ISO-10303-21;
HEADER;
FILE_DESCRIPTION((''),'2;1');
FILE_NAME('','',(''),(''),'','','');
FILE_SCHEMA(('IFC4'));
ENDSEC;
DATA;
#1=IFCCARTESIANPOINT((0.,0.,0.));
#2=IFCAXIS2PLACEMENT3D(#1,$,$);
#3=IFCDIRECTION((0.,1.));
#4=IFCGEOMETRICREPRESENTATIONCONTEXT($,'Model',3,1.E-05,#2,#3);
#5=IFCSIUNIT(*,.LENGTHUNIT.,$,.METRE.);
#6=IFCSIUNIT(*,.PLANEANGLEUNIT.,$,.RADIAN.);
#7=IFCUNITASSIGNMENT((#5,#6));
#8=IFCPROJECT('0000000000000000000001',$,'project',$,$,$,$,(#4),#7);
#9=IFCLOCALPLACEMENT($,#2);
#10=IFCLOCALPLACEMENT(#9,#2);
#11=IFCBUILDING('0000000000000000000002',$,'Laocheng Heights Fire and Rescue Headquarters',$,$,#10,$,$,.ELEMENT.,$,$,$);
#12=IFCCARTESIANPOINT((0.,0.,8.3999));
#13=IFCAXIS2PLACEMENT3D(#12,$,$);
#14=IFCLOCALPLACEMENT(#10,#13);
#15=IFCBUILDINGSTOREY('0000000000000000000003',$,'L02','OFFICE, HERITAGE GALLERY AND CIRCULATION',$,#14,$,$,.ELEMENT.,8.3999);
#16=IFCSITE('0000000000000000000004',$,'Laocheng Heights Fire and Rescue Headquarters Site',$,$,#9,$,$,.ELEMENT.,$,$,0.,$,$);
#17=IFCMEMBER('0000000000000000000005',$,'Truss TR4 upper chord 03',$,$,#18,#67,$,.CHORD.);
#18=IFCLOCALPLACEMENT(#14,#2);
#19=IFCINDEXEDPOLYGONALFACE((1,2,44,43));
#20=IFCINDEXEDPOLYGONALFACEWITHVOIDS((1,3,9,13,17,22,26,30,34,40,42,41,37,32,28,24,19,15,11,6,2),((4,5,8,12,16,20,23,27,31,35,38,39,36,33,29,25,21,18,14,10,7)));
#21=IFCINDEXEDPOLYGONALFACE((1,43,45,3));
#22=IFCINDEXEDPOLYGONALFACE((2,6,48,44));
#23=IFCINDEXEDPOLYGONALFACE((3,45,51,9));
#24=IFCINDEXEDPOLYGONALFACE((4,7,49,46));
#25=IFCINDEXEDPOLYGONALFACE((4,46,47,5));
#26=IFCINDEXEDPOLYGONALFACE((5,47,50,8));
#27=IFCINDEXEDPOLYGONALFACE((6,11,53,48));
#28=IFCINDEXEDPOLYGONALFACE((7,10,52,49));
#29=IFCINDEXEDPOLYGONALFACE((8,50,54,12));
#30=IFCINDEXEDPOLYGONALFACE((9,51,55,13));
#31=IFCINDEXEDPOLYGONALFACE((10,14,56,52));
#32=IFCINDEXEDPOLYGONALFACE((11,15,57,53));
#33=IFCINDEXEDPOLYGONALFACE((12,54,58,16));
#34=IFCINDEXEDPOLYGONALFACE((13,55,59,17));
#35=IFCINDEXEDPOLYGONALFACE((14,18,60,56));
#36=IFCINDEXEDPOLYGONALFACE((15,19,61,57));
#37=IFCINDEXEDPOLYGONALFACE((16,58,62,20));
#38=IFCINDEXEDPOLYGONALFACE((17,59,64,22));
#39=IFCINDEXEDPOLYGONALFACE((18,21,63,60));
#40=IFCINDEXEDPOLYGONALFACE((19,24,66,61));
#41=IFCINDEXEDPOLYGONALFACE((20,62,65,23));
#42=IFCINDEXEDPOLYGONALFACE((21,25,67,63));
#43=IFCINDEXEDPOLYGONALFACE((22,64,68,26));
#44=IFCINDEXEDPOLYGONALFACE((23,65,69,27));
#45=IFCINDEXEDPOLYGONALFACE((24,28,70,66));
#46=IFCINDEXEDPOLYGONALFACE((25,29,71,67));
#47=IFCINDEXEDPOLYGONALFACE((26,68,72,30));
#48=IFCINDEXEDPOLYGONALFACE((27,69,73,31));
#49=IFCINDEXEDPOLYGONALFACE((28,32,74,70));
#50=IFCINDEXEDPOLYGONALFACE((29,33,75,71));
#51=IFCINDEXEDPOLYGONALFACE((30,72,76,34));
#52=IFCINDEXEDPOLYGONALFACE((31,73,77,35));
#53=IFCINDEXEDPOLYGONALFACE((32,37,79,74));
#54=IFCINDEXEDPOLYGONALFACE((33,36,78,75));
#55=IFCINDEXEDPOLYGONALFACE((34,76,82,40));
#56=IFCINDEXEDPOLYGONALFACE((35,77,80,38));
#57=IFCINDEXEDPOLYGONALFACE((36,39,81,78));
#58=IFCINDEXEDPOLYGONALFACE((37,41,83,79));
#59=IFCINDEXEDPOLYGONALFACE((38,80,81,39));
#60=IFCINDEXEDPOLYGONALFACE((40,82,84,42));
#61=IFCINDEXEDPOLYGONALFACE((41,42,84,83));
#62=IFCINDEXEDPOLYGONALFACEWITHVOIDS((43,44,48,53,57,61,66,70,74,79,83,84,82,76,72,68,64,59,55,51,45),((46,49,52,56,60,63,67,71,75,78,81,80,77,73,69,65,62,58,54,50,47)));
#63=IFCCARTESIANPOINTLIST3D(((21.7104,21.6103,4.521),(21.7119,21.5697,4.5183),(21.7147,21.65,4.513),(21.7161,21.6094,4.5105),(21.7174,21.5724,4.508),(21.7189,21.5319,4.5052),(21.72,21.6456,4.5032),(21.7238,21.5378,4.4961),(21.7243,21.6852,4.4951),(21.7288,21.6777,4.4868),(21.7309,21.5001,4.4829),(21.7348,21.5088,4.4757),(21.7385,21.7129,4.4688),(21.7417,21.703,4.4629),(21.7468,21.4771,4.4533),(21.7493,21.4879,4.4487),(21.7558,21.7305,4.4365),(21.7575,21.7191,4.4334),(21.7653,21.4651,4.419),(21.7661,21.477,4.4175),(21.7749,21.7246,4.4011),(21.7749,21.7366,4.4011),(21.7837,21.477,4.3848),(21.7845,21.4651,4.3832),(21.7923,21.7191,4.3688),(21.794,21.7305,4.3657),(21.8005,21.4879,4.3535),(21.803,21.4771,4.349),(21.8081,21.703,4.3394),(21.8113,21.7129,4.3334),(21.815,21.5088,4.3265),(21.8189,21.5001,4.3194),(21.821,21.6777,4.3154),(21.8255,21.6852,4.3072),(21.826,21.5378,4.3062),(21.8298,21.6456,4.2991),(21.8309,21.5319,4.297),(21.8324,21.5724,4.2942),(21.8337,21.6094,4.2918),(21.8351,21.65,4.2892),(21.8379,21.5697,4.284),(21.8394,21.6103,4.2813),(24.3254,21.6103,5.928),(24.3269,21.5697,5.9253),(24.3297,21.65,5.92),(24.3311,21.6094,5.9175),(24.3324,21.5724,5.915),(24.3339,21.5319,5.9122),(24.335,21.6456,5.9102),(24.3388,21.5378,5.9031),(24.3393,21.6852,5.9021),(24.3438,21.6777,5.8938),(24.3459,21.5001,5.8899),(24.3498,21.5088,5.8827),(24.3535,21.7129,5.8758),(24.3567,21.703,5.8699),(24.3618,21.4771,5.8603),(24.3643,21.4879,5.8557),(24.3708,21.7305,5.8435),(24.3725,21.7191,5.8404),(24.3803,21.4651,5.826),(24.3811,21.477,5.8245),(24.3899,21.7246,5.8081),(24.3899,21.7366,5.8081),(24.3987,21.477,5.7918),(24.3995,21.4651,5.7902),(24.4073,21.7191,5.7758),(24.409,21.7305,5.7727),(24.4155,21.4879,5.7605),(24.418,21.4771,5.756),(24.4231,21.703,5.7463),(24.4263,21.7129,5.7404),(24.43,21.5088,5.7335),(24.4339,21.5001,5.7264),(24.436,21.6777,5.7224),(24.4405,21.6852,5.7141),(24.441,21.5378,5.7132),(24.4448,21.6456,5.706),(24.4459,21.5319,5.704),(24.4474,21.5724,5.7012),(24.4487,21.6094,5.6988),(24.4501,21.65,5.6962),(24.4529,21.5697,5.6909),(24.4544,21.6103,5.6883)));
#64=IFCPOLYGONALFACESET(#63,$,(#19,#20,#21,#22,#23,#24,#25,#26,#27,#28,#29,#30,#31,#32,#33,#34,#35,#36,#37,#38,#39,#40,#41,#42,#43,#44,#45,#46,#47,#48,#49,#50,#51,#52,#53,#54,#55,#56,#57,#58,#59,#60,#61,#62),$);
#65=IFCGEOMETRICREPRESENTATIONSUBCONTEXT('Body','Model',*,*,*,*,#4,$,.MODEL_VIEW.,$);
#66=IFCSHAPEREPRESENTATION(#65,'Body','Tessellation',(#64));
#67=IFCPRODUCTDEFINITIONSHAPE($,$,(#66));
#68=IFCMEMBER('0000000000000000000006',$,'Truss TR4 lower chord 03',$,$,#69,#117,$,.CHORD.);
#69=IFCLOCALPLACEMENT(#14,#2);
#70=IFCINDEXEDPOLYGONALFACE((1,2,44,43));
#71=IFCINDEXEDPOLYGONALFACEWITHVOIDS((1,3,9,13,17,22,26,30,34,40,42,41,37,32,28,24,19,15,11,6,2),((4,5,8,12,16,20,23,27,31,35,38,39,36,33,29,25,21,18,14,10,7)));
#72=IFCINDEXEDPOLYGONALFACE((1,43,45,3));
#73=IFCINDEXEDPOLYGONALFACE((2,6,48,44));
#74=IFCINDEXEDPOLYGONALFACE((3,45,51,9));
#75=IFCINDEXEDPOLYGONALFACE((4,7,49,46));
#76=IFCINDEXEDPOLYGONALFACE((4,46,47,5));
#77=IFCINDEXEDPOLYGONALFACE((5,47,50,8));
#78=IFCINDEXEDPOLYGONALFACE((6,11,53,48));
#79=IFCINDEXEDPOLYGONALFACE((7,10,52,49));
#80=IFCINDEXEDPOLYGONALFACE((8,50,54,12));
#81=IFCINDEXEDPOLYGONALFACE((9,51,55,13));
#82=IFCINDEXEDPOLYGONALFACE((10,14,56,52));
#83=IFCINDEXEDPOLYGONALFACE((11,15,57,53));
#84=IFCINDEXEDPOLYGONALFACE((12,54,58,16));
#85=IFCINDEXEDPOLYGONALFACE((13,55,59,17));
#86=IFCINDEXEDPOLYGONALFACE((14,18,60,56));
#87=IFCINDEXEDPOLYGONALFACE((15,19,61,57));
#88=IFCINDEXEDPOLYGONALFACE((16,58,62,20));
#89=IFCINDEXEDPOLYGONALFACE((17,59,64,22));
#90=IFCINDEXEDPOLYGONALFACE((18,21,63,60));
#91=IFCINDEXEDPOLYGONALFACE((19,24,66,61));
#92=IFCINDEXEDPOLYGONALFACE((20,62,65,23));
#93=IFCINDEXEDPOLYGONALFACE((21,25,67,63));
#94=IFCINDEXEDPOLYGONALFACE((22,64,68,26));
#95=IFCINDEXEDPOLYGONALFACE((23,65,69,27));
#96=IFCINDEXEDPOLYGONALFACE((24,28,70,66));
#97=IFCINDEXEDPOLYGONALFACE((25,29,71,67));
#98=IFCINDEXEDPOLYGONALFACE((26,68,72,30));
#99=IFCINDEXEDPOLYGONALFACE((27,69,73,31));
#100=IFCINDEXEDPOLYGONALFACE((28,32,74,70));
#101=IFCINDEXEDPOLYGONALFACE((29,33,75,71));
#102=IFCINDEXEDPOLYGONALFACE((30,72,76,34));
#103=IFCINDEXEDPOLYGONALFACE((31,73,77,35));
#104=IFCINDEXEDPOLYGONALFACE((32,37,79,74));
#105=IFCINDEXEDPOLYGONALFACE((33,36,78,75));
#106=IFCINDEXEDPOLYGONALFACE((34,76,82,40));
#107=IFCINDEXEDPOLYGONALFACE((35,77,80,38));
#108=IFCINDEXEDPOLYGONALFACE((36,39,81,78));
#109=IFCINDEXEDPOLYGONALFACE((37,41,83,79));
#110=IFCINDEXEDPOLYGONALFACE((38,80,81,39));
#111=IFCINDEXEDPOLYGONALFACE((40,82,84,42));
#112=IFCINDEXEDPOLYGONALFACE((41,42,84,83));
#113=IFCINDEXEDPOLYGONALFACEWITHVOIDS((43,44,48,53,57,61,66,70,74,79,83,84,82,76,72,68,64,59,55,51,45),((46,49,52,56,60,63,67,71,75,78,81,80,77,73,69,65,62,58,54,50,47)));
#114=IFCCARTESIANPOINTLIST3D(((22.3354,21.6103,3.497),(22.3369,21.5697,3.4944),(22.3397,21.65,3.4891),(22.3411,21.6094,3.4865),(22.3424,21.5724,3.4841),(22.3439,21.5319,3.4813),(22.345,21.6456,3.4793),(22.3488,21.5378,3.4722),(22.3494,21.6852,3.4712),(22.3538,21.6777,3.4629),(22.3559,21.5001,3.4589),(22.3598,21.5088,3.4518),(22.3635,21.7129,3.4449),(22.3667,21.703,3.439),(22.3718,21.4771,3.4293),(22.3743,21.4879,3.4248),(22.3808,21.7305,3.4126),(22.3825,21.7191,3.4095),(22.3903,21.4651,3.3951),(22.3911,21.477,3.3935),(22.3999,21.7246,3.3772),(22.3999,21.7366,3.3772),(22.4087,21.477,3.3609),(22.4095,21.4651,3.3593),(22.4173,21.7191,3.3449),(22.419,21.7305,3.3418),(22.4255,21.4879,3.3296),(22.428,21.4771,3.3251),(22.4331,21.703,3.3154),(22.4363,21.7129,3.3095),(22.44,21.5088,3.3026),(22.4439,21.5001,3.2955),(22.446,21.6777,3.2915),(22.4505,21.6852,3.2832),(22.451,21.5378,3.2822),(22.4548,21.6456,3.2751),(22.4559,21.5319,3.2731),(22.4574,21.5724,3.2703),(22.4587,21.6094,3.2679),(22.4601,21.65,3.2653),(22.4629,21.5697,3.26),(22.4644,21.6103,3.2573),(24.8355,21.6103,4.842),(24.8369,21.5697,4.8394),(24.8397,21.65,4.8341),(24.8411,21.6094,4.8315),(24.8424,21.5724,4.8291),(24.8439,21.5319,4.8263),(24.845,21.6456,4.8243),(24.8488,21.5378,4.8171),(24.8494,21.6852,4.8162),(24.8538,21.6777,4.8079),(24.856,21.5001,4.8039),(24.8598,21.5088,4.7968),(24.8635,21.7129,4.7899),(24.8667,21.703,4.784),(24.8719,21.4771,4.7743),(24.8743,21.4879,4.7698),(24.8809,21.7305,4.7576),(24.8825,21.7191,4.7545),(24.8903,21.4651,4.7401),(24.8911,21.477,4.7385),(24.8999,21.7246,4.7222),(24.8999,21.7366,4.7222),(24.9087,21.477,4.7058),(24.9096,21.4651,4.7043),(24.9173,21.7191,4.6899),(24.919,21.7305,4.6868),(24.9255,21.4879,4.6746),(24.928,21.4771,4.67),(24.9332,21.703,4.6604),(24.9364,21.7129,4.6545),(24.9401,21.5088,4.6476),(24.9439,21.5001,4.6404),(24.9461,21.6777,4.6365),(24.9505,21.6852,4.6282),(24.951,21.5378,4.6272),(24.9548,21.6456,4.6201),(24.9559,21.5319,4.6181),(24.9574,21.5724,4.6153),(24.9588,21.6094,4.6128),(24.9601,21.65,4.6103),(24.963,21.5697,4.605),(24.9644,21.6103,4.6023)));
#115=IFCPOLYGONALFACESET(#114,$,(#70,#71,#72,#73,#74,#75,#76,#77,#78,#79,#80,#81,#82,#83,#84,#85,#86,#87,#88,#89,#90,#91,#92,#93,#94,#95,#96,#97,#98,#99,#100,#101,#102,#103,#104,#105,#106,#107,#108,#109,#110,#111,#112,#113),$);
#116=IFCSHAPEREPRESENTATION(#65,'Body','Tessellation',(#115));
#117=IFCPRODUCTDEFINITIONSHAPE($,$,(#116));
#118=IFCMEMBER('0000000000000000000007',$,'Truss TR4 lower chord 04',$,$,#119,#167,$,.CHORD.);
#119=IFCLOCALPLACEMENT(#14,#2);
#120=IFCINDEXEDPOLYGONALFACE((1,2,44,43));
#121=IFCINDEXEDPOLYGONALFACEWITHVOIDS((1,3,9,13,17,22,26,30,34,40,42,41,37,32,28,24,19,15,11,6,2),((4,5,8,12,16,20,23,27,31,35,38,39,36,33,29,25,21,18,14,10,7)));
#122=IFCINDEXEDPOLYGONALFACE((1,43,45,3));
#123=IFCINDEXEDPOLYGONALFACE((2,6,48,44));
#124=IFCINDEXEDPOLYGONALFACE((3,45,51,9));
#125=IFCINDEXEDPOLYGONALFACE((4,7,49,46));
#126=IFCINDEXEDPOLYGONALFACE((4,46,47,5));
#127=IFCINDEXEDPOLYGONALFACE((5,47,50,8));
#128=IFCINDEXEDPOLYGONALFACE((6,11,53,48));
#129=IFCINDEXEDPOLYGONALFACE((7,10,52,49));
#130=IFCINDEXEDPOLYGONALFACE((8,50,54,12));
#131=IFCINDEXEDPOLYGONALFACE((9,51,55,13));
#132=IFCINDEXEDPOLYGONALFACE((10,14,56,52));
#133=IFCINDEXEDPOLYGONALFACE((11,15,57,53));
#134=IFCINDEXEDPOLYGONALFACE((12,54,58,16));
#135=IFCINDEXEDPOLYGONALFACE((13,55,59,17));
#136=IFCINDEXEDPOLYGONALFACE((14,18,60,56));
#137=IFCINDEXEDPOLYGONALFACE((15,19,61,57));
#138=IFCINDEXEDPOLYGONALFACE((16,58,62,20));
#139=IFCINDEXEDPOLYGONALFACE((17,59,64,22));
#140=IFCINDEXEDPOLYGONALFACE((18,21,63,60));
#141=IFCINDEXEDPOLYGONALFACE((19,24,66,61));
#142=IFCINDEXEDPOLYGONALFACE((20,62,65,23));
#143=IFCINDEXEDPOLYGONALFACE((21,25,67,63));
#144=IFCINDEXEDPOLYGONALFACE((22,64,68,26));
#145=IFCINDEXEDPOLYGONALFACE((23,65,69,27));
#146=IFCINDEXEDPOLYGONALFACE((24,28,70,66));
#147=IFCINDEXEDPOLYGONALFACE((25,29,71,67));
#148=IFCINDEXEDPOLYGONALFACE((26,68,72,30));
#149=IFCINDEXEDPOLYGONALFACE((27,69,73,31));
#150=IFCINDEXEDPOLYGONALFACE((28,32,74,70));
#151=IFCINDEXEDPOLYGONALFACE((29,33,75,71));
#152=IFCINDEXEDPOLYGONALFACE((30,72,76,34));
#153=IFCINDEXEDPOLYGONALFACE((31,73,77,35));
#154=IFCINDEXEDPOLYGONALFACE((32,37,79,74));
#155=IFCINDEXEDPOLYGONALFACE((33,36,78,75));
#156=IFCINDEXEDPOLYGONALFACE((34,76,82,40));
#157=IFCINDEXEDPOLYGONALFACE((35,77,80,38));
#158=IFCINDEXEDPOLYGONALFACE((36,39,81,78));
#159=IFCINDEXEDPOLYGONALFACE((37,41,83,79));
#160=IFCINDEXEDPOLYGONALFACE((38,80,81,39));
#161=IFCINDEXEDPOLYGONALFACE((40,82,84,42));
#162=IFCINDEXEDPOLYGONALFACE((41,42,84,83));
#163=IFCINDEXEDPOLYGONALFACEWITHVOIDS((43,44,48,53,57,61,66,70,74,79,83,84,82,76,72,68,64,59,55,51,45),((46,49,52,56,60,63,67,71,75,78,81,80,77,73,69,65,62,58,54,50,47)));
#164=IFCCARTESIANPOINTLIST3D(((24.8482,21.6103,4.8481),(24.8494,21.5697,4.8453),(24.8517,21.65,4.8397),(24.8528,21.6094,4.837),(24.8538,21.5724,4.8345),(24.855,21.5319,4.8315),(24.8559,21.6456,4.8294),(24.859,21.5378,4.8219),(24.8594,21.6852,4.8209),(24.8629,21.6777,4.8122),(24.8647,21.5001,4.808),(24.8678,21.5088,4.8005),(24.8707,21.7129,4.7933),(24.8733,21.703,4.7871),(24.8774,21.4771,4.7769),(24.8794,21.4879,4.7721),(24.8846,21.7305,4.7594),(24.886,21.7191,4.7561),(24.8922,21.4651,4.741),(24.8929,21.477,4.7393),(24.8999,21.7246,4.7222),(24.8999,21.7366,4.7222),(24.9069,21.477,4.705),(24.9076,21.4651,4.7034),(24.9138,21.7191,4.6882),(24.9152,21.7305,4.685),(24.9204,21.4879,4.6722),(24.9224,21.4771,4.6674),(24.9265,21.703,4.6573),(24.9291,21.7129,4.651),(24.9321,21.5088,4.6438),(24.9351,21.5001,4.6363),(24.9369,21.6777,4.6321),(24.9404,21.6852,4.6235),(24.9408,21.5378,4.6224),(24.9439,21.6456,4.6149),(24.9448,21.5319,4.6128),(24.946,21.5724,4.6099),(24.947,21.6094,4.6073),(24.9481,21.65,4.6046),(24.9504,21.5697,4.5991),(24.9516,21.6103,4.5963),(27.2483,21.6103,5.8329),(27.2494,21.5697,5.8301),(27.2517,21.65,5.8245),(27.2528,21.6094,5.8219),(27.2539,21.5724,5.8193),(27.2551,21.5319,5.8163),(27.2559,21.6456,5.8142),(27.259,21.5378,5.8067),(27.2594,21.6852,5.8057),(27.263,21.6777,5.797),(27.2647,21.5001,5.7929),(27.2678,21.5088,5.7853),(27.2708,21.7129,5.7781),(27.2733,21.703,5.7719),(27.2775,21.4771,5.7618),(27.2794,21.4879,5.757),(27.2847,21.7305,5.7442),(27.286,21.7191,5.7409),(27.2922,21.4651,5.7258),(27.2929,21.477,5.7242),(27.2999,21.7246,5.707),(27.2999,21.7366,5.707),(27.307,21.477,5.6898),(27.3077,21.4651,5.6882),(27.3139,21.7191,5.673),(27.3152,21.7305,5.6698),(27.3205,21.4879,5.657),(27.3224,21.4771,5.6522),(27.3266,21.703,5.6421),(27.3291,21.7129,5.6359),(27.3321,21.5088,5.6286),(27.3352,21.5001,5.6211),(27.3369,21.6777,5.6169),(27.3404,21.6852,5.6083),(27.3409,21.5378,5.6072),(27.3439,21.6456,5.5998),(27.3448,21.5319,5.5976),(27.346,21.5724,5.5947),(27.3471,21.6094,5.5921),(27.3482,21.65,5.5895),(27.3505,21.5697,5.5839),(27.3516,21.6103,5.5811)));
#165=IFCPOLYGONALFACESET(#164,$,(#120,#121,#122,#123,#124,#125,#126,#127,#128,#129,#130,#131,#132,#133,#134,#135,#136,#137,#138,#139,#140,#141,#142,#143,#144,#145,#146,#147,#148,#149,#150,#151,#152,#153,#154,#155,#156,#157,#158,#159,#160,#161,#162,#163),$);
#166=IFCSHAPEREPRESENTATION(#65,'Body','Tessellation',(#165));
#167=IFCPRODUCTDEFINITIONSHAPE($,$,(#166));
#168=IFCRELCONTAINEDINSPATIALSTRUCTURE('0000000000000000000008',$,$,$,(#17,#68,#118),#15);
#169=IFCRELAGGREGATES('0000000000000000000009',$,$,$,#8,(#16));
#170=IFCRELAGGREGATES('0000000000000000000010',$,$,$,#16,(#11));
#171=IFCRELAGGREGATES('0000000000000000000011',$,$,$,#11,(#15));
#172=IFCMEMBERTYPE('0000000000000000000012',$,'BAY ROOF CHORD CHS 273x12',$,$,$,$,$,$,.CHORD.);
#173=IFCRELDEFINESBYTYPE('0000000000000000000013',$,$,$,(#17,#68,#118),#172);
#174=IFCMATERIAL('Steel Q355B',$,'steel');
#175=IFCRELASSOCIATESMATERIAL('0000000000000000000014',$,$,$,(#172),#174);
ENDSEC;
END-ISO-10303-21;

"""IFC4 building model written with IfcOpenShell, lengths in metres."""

from ifc_helpers import new_model, si_unit, direction, frame, origin, origin_2d, place, context, subcontext, project, spatial, hollow_circle, extrude, material, material_profile, profile_set, type_object, element, save


model = new_model("IFC4")

# Units and contexts
model_context = context("Model", 3, precision=1e-05, world=origin(), true_north=direction((0.0, 1.0)))
body_context = subcontext(model_context, "Body", "Model", "MODEL_VIEW")
ifc_project = project(units=[si_unit("LENGTHUNIT", "METRE"), si_unit("PLANEANGLEUNIT", "RADIAN")], contexts=[model_context])

# Site, building, storey
site_placement = place(None, origin())
site = spatial("IfcSite", under=ifc_project, at=site_placement, Name="Laocheng Heights Fire and Rescue Headquarters Site", CompositionType="ELEMENT", RefElevation=0.0)
building_placement = place(site_placement, origin())
building = spatial("IfcBuilding", under=site, at=building_placement, Name="Laocheng Heights Fire and Rescue Headquarters", CompositionType="ELEMENT")
storey_placement = place(building_placement, frame((0.0, 0.0, 8.3999)))
storey = spatial("IfcBuildingStorey", under=building, at=storey_placement, Name="L02", Description="OFFICE, HERITAGE GALLERY AND CIRCULATION", CompositionType="ELEMENT", Elevation=8.3999)

# Members
ifc_material_1 = material(Name="Steel Q355B", Category="steel")
ifc_material_profile_1 = material_profile(ifc_material_1, hollow_circle(Radius=0.1365, WallThickness=0.012, at=origin_2d()), Name="CHS 273x12")
ifc_profile_set_1 = profile_set([ifc_material_profile_1], Name="Steel Q355B")
member_type_1 = type_object("IfcMemberType", Name="BAY ROOF CHORD CHS 273x12", PredefinedType="CHORD", material=ifc_profile_set_1)
member_1_placement = place(storey_placement, frame((21.7749, 21.6001, 4.4011), z_axis=(0.880624, 0.0, 0.473815), x_axis=(0.0, 1.0, 0.0)))
element("IfcMember", 1, at=member_1_placement, inside=storey, type_object=member_type_1, Name="Truss TR4 upper chord 03", PredefinedType="CHORD", context=body_context, shape_type="SweptSolid", body=[
    extrude(hollow_circle(Radius=0.1365, WallThickness=0.012, at=origin_2d()), origin(), (0.0, 0.0, 1.0), 2.9695),
])
member_2_placement = place(storey_placement, frame((22.3999, 21.6001, 3.3772), z_axis=(0.880645, 0.0, 0.473777), x_axis=(0.0, 1.0, 0.0)))
element("IfcMember", 2, at=member_2_placement, inside=storey, type_object=member_type_1, Name="Truss TR4 lower chord 03", PredefinedType="CHORD", context=body_context, shape_type="SweptSolid", body=[
    extrude(hollow_circle(Radius=0.1365, WallThickness=0.012, at=origin_2d()), origin(), (0.0, 0.0, 1.0), 2.8389),
])
member_3_placement = place(storey_placement, frame((24.8999, 21.6001, 4.7222), z_axis=(0.925143, 0.0, 0.379618), x_axis=(0.0, 1.0, 0.0)))
element("IfcMember", 3, at=member_3_placement, inside=storey, type_object=member_type_1, Name="Truss TR4 lower chord 04", PredefinedType="CHORD", context=body_context, shape_type="SweptSolid", body=[
    extrude(hollow_circle(Radius=0.1365, WallThickness=0.012, at=origin_2d()), origin(), (0.0, 0.0, 1.0), 2.5942),
])

save(model, "model.ifc")
